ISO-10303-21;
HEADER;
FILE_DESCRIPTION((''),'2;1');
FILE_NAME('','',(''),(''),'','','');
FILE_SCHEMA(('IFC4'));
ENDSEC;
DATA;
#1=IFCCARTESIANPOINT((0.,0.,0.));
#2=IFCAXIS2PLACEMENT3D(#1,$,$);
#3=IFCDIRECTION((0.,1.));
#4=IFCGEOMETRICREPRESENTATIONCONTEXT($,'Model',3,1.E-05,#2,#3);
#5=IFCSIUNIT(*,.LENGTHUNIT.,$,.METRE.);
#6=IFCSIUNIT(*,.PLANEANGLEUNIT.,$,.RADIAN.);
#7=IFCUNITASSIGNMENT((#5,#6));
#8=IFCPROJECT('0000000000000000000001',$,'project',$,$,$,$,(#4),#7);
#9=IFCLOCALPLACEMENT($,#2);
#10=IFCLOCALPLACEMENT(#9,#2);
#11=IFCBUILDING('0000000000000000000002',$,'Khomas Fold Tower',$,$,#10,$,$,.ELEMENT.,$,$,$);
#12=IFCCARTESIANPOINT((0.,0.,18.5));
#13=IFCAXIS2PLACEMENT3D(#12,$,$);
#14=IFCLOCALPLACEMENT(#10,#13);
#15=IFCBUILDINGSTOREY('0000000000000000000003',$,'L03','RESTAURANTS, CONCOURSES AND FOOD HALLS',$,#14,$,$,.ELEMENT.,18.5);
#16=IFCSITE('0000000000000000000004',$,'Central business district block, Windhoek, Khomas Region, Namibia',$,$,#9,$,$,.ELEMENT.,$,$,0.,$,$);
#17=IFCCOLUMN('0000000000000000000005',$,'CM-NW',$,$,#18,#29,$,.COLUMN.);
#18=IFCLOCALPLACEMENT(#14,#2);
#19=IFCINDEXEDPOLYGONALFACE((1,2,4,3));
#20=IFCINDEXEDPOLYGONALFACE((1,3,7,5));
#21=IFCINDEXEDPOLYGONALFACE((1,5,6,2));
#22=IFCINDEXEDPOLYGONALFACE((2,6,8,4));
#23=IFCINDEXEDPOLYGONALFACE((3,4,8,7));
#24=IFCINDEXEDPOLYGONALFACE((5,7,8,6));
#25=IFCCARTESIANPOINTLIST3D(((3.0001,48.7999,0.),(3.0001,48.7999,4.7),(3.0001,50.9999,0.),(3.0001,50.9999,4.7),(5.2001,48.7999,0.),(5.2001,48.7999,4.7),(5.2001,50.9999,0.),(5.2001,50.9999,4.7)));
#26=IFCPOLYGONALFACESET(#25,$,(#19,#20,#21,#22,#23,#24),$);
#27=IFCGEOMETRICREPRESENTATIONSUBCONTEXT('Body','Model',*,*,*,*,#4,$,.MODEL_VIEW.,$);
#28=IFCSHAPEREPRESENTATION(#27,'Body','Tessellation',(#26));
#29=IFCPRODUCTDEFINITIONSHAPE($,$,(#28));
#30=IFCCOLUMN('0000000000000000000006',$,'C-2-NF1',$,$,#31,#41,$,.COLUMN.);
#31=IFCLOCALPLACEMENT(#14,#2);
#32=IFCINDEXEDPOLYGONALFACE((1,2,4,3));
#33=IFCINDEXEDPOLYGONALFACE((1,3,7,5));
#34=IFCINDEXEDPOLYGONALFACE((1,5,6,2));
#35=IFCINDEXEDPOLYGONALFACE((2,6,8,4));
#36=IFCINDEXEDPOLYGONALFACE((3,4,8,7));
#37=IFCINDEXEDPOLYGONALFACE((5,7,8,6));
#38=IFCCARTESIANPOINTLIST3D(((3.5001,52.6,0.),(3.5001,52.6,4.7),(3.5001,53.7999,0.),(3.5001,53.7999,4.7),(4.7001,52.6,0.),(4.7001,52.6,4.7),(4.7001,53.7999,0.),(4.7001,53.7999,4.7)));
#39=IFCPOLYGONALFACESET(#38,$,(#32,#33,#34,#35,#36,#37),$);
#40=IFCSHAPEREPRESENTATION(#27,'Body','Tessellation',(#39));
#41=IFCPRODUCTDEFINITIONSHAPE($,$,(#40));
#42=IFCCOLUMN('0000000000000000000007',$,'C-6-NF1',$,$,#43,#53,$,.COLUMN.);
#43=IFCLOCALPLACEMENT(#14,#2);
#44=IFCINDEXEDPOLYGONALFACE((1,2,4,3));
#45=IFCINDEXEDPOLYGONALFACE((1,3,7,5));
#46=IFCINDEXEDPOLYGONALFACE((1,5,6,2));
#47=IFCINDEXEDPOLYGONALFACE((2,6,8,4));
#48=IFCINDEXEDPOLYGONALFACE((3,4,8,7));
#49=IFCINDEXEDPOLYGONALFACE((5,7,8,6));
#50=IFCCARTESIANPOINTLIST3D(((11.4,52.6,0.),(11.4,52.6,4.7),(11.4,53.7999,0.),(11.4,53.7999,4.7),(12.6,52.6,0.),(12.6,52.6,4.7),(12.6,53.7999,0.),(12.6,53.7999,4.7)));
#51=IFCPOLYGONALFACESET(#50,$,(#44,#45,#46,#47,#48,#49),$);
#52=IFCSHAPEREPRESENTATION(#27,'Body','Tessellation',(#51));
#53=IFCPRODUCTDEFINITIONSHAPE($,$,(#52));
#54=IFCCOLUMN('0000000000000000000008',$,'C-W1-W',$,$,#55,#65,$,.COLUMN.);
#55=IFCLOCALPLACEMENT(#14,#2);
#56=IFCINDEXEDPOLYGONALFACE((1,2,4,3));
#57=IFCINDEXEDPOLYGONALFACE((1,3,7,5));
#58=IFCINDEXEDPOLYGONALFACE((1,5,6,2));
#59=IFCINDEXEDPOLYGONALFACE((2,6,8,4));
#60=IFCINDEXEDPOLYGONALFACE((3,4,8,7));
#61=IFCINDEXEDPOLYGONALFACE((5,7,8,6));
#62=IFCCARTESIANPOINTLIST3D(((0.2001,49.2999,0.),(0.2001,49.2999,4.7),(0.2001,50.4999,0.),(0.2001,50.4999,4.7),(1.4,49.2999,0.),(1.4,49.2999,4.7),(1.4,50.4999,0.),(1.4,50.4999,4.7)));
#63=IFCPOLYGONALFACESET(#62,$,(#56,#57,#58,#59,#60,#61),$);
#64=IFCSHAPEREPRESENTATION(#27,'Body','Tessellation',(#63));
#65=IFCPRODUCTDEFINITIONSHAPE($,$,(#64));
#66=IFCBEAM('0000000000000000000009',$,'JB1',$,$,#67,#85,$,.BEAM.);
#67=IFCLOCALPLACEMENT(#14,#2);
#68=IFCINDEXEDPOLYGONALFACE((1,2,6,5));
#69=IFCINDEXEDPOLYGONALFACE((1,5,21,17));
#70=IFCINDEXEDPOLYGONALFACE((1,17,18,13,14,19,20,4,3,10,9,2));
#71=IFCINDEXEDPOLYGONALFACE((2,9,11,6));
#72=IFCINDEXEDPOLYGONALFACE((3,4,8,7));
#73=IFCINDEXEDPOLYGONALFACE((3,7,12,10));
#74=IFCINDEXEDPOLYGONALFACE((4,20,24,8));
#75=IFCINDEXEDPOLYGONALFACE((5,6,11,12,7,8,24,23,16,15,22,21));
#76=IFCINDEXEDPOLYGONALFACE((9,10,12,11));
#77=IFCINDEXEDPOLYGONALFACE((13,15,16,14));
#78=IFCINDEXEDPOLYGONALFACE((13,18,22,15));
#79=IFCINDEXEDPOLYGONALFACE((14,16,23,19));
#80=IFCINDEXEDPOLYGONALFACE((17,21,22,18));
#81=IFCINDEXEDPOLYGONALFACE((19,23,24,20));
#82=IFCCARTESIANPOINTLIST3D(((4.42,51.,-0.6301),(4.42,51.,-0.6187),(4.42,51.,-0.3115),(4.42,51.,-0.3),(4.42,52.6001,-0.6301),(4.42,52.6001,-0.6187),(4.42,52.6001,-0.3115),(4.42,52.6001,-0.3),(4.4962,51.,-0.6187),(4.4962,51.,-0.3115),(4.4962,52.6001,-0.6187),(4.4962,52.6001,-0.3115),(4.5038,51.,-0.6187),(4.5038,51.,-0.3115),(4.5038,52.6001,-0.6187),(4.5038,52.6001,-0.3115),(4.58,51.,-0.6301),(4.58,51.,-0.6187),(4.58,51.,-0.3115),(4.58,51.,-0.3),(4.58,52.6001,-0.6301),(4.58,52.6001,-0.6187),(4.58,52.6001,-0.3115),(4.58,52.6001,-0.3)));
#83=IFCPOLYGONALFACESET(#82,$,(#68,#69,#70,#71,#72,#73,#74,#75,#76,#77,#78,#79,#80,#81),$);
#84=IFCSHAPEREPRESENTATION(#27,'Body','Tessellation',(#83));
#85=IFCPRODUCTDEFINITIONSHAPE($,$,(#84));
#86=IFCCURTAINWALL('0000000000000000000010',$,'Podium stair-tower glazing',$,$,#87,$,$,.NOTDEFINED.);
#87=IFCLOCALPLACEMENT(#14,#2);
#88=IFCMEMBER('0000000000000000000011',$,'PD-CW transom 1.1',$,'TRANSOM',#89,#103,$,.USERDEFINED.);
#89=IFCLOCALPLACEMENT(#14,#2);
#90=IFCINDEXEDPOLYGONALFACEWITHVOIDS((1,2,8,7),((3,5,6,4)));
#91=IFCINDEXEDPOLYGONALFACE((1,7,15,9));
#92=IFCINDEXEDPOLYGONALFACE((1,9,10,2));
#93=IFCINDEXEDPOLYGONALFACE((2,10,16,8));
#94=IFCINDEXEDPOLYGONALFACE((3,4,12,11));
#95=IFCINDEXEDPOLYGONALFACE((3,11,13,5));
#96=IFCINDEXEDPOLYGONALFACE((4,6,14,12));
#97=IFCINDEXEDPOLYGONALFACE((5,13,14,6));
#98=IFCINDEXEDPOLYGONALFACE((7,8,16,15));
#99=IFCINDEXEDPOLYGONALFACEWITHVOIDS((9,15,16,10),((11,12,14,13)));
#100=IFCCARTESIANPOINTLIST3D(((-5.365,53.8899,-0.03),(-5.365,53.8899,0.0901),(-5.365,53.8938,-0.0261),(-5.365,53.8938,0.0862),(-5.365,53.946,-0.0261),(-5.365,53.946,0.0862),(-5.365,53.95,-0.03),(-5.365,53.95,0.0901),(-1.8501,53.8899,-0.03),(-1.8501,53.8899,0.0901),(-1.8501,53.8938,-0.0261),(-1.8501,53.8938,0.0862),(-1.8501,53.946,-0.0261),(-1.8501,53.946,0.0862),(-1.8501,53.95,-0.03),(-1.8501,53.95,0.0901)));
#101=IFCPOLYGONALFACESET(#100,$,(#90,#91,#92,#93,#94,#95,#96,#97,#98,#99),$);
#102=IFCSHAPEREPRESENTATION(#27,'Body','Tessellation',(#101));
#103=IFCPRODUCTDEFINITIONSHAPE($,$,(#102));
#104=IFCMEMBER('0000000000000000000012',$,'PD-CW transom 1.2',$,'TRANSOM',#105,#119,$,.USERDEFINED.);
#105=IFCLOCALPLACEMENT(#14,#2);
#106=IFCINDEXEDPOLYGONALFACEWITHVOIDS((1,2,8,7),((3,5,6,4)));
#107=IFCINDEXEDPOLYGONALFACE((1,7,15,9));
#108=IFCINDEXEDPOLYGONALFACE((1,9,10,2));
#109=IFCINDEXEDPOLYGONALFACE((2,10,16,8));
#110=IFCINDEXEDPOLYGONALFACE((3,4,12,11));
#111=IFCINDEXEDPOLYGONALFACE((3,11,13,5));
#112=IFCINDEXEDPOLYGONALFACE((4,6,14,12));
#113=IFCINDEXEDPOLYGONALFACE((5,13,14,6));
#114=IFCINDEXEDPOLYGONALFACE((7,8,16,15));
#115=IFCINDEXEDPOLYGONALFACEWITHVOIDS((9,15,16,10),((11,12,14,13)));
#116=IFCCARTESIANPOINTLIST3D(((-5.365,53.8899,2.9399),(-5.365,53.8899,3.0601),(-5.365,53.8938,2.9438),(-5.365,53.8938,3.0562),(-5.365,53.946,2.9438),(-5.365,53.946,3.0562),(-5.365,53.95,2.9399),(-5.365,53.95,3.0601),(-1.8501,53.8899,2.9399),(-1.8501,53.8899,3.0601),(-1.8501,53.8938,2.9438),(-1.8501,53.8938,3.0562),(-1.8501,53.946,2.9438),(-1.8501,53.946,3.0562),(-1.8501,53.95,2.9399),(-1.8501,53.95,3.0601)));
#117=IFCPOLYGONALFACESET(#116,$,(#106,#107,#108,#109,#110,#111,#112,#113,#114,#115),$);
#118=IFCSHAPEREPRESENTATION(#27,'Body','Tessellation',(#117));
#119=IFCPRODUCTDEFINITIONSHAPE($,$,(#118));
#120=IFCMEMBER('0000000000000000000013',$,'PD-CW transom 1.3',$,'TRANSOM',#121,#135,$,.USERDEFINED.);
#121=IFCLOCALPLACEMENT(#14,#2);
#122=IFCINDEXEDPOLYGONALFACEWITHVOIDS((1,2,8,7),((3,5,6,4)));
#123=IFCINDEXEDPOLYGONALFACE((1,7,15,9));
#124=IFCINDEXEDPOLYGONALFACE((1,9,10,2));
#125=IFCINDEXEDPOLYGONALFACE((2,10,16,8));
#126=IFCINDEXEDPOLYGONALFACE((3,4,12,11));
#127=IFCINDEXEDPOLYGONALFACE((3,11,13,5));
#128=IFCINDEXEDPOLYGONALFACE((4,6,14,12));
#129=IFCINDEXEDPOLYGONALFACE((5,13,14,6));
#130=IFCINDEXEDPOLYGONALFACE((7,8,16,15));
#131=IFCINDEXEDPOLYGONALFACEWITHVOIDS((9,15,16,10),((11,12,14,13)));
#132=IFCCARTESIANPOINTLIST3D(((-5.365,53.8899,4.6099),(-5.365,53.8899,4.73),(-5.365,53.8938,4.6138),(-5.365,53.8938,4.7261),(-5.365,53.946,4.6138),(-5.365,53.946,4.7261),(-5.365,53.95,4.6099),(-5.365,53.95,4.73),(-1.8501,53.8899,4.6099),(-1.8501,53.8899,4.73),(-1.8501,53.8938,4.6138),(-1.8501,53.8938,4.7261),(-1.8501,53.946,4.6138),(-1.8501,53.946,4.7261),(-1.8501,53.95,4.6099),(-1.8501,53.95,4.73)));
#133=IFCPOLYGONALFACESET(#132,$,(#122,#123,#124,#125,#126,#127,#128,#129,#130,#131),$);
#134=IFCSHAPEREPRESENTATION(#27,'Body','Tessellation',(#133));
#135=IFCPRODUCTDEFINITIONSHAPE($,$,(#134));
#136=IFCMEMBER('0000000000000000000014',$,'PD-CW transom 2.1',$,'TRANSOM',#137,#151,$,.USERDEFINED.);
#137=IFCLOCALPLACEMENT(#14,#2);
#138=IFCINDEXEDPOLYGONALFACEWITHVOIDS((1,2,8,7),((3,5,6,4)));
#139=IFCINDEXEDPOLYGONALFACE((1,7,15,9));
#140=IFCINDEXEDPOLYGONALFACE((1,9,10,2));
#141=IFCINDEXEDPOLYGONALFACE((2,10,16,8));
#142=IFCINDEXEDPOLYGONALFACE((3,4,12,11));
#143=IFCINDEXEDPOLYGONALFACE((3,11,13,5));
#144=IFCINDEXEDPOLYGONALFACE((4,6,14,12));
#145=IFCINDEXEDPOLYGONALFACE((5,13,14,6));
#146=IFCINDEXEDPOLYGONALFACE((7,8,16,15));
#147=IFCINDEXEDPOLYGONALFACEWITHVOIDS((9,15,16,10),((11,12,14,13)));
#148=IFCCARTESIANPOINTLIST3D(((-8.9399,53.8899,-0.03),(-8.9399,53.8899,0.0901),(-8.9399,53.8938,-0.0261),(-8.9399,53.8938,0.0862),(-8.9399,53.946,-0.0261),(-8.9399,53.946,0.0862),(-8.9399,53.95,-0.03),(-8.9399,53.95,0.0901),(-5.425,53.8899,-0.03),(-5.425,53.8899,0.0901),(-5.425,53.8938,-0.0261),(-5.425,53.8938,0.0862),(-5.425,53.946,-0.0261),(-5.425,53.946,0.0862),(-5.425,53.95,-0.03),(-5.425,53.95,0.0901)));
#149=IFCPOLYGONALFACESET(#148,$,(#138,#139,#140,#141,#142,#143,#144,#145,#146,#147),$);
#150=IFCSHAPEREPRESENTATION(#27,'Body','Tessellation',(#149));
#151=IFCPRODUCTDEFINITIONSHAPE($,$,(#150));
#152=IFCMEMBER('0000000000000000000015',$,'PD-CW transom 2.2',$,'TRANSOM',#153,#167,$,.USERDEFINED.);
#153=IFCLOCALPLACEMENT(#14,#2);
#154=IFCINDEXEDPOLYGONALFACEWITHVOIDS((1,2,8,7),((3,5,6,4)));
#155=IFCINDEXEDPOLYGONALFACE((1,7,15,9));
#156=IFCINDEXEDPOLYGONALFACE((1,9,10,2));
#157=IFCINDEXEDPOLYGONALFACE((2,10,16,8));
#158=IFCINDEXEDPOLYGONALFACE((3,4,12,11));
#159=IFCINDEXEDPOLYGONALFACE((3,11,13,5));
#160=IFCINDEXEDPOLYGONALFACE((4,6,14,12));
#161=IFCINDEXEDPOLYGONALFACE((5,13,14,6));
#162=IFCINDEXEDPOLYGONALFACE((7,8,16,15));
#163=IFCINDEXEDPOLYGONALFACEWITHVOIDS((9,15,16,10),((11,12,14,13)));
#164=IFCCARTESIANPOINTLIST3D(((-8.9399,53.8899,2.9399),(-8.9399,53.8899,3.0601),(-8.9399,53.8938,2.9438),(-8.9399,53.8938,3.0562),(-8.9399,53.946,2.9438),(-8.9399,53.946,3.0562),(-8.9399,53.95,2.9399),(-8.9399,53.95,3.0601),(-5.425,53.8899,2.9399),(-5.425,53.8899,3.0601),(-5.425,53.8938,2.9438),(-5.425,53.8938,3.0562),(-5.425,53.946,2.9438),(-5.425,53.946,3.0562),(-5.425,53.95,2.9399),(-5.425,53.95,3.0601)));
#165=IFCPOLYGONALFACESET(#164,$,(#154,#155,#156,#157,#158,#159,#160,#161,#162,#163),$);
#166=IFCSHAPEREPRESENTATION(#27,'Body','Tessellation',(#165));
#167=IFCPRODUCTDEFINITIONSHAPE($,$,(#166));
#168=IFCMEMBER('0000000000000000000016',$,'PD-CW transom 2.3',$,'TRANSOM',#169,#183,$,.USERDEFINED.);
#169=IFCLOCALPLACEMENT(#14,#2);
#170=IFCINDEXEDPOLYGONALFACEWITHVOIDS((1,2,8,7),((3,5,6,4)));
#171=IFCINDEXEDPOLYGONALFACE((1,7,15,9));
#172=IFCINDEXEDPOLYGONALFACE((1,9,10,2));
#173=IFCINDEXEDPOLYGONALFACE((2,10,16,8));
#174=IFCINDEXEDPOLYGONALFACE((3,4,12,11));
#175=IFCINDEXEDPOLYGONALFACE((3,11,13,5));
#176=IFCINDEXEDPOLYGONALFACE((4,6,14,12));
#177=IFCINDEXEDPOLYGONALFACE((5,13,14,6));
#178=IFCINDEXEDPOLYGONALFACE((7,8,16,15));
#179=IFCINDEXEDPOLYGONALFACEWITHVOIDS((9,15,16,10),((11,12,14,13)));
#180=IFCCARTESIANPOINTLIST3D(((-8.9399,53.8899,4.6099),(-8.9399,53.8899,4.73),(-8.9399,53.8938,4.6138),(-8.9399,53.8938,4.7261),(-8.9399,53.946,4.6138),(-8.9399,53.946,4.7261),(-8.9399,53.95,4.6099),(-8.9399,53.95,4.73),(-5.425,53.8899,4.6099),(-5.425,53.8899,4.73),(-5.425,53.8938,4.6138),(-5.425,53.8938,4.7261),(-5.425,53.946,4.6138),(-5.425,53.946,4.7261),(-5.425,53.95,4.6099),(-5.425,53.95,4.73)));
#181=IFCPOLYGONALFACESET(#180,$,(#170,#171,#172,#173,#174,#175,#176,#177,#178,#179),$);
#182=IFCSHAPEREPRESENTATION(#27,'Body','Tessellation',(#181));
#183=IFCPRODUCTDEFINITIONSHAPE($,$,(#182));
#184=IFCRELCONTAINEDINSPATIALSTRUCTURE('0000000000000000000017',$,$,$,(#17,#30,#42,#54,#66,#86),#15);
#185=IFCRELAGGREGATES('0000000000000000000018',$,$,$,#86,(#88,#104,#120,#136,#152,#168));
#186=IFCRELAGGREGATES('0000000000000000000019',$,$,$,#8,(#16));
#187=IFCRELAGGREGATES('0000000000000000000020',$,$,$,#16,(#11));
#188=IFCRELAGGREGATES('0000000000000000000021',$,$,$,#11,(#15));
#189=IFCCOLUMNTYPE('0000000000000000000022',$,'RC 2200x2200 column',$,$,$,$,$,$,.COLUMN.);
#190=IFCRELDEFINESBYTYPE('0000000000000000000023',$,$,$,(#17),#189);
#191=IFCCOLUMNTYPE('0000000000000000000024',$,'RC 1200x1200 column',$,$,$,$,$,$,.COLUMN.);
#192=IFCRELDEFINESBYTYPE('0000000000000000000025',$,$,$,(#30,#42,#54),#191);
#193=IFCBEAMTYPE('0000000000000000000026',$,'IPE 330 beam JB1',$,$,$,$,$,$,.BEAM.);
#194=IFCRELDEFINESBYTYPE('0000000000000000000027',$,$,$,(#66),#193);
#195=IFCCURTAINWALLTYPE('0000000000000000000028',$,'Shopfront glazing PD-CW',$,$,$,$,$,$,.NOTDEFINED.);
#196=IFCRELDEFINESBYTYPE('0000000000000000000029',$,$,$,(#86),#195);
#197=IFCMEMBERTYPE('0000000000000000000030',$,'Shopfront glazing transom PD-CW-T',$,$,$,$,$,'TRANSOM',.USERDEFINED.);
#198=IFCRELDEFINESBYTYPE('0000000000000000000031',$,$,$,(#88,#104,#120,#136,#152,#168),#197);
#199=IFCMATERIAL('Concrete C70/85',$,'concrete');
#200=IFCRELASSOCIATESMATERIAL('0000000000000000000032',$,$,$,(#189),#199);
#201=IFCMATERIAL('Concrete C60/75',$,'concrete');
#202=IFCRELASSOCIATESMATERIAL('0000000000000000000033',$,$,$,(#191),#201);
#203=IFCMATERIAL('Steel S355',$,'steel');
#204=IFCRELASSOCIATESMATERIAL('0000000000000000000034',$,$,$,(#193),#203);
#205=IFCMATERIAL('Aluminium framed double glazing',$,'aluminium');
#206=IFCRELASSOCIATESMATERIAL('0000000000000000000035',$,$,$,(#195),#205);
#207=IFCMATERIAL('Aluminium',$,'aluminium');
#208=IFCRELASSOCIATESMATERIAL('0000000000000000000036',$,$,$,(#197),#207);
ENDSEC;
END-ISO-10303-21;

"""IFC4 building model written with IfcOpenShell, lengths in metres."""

from ifc_helpers import new_model, si_unit, direction, frame, origin, origin_2d, place, context, subcontext, project, spatial, rectangle, hollow_rectangle, i_section, extrude, source, transform, mapped, material, material_profile, profile_set, type_object, element, aggregate, save


model = new_model("IFC4")

# Units and contexts
model_context = context("Model", 3, precision=1e-05, world=origin(), true_north=direction((0.0, 1.0)))
body_context = subcontext(model_context, "Body", "Model", "MODEL_VIEW")
ifc_project = project(units=[si_unit("LENGTHUNIT", "METRE"), si_unit("PLANEANGLEUNIT", "RADIAN")], contexts=[model_context])

# Site, building, storey
site_placement = place(None, origin())
site = spatial("IfcSite", under=ifc_project, at=site_placement, Name="Central business district block, Windhoek, Khomas Region, Namibia", CompositionType="ELEMENT", RefElevation=0.0)
building_placement = place(site_placement, origin())
building = spatial("IfcBuilding", under=site, at=building_placement, Name="Khomas Fold Tower", CompositionType="ELEMENT")
storey_placement = place(building_placement, frame((0.0, 0.0, 18.5)))
storey = spatial("IfcBuildingStorey", under=building, at=storey_placement, Name="L03", Description="RESTAURANTS, CONCOURSES AND FOOD HALLS", CompositionType="ELEMENT", Elevation=18.5)

# Columns
ifc_material_1 = material(Name="Concrete C70/85", Category="concrete")
ifc_material_profile_1 = material_profile(ifc_material_1, rectangle(XDim=2.2, YDim=2.2, at=origin_2d()), Name="RC 2200x2200")
ifc_profile_set_1 = profile_set([ifc_material_profile_1], Name="Concrete C70/85")
column_type_1 = type_object("IfcColumnType", Name="RC 2200x2200 column", PredefinedType="COLUMN", material=ifc_profile_set_1)
shared_shape_1 = source(origin(), body_context, "Body", "SweptSolid", [
    extrude(rectangle(XDim=2.2, YDim=2.2, at=origin_2d()), origin(), (0.0, 0.0, 1.0), 4.7),
])
column_placement = place(storey_placement, frame((4.1001, 49.8999, 0.0), z_axis=(0.0, 0.0, 1.0), x_axis=(1.0, 0.0, 0.0)))
element("IfcColumn", 1, at=column_placement, inside=storey, type_object=column_type_1, Name="CM-NW", PredefinedType="COLUMN", context=body_context, shape_type="MappedRepresentation", body=[
    mapped(shared_shape_1, transform((0.0, 0.0, 0.0))),
])
ifc_material_2 = material(Name="Concrete C60/75", Category="concrete")
ifc_material_profile_2 = material_profile(ifc_material_2, rectangle(XDim=1.2, YDim=1.2, at=origin_2d()), Name="RC 1200x1200")
ifc_profile_set_2 = profile_set([ifc_material_profile_2], Name="Concrete C60/75")
column_type_2 = type_object("IfcColumnType", Name="RC 1200x1200 column", PredefinedType="COLUMN", material=ifc_profile_set_2)
shared_shape_2 = source(origin(), body_context, "Body", "SweptSolid", [
    extrude(rectangle(XDim=1.2, YDim=1.2, at=origin_2d()), origin(), (0.0, 0.0, 1.0), 4.7),
])
for number, where, z_axis, x_axis, name in (
    (2, (4.1001, 53.2, 0.0), (0.0, 0.0, 1.0), (1.0, 0.0, 0.0), "C-2-NF1"),
    (3, (12.0, 53.2, 0.0), (0.0, 0.0, 1.0), (1.0, 0.0, 0.0), "C-6-NF1"),
    (4, (0.8, 49.8999, 0.0), (0.0, 0.0, 1.0), (1.0, 0.0, 0.0), "C-W1-W"),
):
    element("IfcColumn", number, at=place(storey_placement, frame(where, z_axis=z_axis, x_axis=x_axis)), inside=storey, type_object=column_type_2, Name=name, PredefinedType="COLUMN", context=body_context, shape_type="MappedRepresentation", body=[
        mapped(shared_shape_2, transform((0.0, 0.0, 0.0))),
    ])

# Beam
ifc_material_3 = material(Name="Steel S355", Category="steel")
ifc_material_profile_3 = material_profile(ifc_material_3, i_section(OverallWidth=0.1599, OverallDepth=0.3301, WebThickness=0.0076, FlangeThickness=0.0115, at=origin_2d()), Name="IPE 330")
ifc_profile_set_3 = profile_set([ifc_material_profile_3], Name="Steel S355")
beam_type = type_object("IfcBeamType", Name="IPE 330 beam JB1", PredefinedType="BEAM", material=ifc_profile_set_3)
shared_shape_3 = source(origin(), body_context, "Body", "SweptSolid", [
    extrude(i_section(OverallWidth=0.1599, OverallDepth=0.3301, WebThickness=0.0076, FlangeThickness=0.0115, at=origin_2d()), origin(), (0.0, 0.0, 1.0), 1.6001),
])
beam_placement = place(storey_placement, frame((4.5, 51.0, -0.4651), z_axis=(0.0, 1.0, 0.0), x_axis=(-1.0, 0.0, 0.0)))
element("IfcBeam", 5, at=beam_placement, inside=storey, type_object=beam_type, Name="JB1", PredefinedType="BEAM", context=body_context, shape_type="MappedRepresentation", body=[
    mapped(shared_shape_3, transform((0.0, 0.0, 0.0))),
])

# Curtain wall, members
ifc_material_4 = material(Name="Aluminium framed double glazing", Category="aluminium")
curtain_wall_type = type_object("IfcCurtainWallType", Name="Shopfront glazing PD-CW", PredefinedType="NOTDEFINED", material=ifc_material_4)
curtain_wall_placement = place(storey_placement, origin())
curtain_wall = element("IfcCurtainWall", 6, at=curtain_wall_placement, inside=storey, type_object=curtain_wall_type, Name="Podium stair-tower glazing", PredefinedType="NOTDEFINED")
ifc_material_5 = material(Name="Aluminium", Category="aluminium")
ifc_material_profile_4 = material_profile(ifc_material_5, hollow_rectangle(XDim=0.0601, YDim=0.1201, WallThickness=0.0039, at=origin_2d()), Name="Shopfront glazing transom PD-CW-T")
ifc_profile_set_4 = profile_set([ifc_material_profile_4], Name="Aluminium")
member_type_1 = type_object("IfcMemberType", Name="Shopfront glazing transom PD-CW-T", ElementType="TRANSOM", PredefinedType="USERDEFINED", material=ifc_profile_set_4)
shared_shape_4 = source(origin(), body_context, "Body", "SweptSolid", [
    extrude(hollow_rectangle(XDim=0.0601, YDim=0.1201, WallThickness=0.0039, at=origin_2d()), origin(), (0.0, 0.0, 1.0), 3.5149),
])
member_1_placement = place(storey_placement, frame((-1.8501, 53.9199, 0.03), z_axis=(-1.0, 0.0, 0.0), x_axis=(0.0, -1.0, 0.0)))
member_1 = element("IfcMember", 7, at=member_1_placement, type_object=member_type_1, Name="PD-CW transom 1.1", ObjectType="TRANSOM", PredefinedType="USERDEFINED", context=body_context, shape_type="MappedRepresentation", body=[
    mapped(shared_shape_4, transform((0.0, 0.0, 0.0))),
])
member_2_placement = place(storey_placement, frame((-1.8501, 53.9199, 3.0), z_axis=(-1.0, 0.0, 0.0), x_axis=(0.0, -1.0, 0.0)))
member_2 = element("IfcMember", 8, at=member_2_placement, type_object=member_type_1, Name="PD-CW transom 1.2", ObjectType="TRANSOM", PredefinedType="USERDEFINED", context=body_context, shape_type="MappedRepresentation", body=[
    mapped(shared_shape_4, transform((0.0, 0.0, 0.0))),
])
member_3_placement = place(storey_placement, frame((-1.8501, 53.9199, 4.6699), z_axis=(-1.0, 0.0, 0.0), x_axis=(0.0, -1.0, 0.0)))
member_3 = element("IfcMember", 9, at=member_3_placement, type_object=member_type_1, Name="PD-CW transom 1.3", ObjectType="TRANSOM", PredefinedType="USERDEFINED", context=body_context, shape_type="MappedRepresentation", body=[
    mapped(shared_shape_4, transform((0.0, 0.0, 0.0))),
])
member_4_placement = place(storey_placement, frame((-5.425, 53.9199, 0.03), z_axis=(-1.0, 0.0, 0.0), x_axis=(0.0, -1.0, 0.0)))
member_4 = element("IfcMember", 10, at=member_4_placement, type_object=member_type_1, Name="PD-CW transom 2.1", ObjectType="TRANSOM", PredefinedType="USERDEFINED", context=body_context, shape_type="MappedRepresentation", body=[
    mapped(shared_shape_4, transform((0.0, 0.0, 0.0))),
])
member_5_placement = place(storey_placement, frame((-5.425, 53.9199, 3.0), z_axis=(-1.0, 0.0, 0.0), x_axis=(0.0, -1.0, 0.0)))
member_5 = element("IfcMember", 11, at=member_5_placement, type_object=member_type_1, Name="PD-CW transom 2.2", ObjectType="TRANSOM", PredefinedType="USERDEFINED", context=body_context, shape_type="MappedRepresentation", body=[
    mapped(shared_shape_4, transform((0.0, 0.0, 0.0))),
])
member_6_placement = place(storey_placement, frame((-5.425, 53.9199, 4.6699), z_axis=(-1.0, 0.0, 0.0), x_axis=(0.0, -1.0, 0.0)))
member_6 = element("IfcMember", 12, at=member_6_placement, type_object=member_type_1, Name="PD-CW transom 2.3", ObjectType="TRANSOM", PredefinedType="USERDEFINED", context=body_context, shape_type="MappedRepresentation", body=[
    mapped(shared_shape_4, transform((0.0, 0.0, 0.0))),
])
aggregate(curtain_wall, [member_1, member_2, member_3, member_4, member_5, member_6])

save(model, "model.ifc")
